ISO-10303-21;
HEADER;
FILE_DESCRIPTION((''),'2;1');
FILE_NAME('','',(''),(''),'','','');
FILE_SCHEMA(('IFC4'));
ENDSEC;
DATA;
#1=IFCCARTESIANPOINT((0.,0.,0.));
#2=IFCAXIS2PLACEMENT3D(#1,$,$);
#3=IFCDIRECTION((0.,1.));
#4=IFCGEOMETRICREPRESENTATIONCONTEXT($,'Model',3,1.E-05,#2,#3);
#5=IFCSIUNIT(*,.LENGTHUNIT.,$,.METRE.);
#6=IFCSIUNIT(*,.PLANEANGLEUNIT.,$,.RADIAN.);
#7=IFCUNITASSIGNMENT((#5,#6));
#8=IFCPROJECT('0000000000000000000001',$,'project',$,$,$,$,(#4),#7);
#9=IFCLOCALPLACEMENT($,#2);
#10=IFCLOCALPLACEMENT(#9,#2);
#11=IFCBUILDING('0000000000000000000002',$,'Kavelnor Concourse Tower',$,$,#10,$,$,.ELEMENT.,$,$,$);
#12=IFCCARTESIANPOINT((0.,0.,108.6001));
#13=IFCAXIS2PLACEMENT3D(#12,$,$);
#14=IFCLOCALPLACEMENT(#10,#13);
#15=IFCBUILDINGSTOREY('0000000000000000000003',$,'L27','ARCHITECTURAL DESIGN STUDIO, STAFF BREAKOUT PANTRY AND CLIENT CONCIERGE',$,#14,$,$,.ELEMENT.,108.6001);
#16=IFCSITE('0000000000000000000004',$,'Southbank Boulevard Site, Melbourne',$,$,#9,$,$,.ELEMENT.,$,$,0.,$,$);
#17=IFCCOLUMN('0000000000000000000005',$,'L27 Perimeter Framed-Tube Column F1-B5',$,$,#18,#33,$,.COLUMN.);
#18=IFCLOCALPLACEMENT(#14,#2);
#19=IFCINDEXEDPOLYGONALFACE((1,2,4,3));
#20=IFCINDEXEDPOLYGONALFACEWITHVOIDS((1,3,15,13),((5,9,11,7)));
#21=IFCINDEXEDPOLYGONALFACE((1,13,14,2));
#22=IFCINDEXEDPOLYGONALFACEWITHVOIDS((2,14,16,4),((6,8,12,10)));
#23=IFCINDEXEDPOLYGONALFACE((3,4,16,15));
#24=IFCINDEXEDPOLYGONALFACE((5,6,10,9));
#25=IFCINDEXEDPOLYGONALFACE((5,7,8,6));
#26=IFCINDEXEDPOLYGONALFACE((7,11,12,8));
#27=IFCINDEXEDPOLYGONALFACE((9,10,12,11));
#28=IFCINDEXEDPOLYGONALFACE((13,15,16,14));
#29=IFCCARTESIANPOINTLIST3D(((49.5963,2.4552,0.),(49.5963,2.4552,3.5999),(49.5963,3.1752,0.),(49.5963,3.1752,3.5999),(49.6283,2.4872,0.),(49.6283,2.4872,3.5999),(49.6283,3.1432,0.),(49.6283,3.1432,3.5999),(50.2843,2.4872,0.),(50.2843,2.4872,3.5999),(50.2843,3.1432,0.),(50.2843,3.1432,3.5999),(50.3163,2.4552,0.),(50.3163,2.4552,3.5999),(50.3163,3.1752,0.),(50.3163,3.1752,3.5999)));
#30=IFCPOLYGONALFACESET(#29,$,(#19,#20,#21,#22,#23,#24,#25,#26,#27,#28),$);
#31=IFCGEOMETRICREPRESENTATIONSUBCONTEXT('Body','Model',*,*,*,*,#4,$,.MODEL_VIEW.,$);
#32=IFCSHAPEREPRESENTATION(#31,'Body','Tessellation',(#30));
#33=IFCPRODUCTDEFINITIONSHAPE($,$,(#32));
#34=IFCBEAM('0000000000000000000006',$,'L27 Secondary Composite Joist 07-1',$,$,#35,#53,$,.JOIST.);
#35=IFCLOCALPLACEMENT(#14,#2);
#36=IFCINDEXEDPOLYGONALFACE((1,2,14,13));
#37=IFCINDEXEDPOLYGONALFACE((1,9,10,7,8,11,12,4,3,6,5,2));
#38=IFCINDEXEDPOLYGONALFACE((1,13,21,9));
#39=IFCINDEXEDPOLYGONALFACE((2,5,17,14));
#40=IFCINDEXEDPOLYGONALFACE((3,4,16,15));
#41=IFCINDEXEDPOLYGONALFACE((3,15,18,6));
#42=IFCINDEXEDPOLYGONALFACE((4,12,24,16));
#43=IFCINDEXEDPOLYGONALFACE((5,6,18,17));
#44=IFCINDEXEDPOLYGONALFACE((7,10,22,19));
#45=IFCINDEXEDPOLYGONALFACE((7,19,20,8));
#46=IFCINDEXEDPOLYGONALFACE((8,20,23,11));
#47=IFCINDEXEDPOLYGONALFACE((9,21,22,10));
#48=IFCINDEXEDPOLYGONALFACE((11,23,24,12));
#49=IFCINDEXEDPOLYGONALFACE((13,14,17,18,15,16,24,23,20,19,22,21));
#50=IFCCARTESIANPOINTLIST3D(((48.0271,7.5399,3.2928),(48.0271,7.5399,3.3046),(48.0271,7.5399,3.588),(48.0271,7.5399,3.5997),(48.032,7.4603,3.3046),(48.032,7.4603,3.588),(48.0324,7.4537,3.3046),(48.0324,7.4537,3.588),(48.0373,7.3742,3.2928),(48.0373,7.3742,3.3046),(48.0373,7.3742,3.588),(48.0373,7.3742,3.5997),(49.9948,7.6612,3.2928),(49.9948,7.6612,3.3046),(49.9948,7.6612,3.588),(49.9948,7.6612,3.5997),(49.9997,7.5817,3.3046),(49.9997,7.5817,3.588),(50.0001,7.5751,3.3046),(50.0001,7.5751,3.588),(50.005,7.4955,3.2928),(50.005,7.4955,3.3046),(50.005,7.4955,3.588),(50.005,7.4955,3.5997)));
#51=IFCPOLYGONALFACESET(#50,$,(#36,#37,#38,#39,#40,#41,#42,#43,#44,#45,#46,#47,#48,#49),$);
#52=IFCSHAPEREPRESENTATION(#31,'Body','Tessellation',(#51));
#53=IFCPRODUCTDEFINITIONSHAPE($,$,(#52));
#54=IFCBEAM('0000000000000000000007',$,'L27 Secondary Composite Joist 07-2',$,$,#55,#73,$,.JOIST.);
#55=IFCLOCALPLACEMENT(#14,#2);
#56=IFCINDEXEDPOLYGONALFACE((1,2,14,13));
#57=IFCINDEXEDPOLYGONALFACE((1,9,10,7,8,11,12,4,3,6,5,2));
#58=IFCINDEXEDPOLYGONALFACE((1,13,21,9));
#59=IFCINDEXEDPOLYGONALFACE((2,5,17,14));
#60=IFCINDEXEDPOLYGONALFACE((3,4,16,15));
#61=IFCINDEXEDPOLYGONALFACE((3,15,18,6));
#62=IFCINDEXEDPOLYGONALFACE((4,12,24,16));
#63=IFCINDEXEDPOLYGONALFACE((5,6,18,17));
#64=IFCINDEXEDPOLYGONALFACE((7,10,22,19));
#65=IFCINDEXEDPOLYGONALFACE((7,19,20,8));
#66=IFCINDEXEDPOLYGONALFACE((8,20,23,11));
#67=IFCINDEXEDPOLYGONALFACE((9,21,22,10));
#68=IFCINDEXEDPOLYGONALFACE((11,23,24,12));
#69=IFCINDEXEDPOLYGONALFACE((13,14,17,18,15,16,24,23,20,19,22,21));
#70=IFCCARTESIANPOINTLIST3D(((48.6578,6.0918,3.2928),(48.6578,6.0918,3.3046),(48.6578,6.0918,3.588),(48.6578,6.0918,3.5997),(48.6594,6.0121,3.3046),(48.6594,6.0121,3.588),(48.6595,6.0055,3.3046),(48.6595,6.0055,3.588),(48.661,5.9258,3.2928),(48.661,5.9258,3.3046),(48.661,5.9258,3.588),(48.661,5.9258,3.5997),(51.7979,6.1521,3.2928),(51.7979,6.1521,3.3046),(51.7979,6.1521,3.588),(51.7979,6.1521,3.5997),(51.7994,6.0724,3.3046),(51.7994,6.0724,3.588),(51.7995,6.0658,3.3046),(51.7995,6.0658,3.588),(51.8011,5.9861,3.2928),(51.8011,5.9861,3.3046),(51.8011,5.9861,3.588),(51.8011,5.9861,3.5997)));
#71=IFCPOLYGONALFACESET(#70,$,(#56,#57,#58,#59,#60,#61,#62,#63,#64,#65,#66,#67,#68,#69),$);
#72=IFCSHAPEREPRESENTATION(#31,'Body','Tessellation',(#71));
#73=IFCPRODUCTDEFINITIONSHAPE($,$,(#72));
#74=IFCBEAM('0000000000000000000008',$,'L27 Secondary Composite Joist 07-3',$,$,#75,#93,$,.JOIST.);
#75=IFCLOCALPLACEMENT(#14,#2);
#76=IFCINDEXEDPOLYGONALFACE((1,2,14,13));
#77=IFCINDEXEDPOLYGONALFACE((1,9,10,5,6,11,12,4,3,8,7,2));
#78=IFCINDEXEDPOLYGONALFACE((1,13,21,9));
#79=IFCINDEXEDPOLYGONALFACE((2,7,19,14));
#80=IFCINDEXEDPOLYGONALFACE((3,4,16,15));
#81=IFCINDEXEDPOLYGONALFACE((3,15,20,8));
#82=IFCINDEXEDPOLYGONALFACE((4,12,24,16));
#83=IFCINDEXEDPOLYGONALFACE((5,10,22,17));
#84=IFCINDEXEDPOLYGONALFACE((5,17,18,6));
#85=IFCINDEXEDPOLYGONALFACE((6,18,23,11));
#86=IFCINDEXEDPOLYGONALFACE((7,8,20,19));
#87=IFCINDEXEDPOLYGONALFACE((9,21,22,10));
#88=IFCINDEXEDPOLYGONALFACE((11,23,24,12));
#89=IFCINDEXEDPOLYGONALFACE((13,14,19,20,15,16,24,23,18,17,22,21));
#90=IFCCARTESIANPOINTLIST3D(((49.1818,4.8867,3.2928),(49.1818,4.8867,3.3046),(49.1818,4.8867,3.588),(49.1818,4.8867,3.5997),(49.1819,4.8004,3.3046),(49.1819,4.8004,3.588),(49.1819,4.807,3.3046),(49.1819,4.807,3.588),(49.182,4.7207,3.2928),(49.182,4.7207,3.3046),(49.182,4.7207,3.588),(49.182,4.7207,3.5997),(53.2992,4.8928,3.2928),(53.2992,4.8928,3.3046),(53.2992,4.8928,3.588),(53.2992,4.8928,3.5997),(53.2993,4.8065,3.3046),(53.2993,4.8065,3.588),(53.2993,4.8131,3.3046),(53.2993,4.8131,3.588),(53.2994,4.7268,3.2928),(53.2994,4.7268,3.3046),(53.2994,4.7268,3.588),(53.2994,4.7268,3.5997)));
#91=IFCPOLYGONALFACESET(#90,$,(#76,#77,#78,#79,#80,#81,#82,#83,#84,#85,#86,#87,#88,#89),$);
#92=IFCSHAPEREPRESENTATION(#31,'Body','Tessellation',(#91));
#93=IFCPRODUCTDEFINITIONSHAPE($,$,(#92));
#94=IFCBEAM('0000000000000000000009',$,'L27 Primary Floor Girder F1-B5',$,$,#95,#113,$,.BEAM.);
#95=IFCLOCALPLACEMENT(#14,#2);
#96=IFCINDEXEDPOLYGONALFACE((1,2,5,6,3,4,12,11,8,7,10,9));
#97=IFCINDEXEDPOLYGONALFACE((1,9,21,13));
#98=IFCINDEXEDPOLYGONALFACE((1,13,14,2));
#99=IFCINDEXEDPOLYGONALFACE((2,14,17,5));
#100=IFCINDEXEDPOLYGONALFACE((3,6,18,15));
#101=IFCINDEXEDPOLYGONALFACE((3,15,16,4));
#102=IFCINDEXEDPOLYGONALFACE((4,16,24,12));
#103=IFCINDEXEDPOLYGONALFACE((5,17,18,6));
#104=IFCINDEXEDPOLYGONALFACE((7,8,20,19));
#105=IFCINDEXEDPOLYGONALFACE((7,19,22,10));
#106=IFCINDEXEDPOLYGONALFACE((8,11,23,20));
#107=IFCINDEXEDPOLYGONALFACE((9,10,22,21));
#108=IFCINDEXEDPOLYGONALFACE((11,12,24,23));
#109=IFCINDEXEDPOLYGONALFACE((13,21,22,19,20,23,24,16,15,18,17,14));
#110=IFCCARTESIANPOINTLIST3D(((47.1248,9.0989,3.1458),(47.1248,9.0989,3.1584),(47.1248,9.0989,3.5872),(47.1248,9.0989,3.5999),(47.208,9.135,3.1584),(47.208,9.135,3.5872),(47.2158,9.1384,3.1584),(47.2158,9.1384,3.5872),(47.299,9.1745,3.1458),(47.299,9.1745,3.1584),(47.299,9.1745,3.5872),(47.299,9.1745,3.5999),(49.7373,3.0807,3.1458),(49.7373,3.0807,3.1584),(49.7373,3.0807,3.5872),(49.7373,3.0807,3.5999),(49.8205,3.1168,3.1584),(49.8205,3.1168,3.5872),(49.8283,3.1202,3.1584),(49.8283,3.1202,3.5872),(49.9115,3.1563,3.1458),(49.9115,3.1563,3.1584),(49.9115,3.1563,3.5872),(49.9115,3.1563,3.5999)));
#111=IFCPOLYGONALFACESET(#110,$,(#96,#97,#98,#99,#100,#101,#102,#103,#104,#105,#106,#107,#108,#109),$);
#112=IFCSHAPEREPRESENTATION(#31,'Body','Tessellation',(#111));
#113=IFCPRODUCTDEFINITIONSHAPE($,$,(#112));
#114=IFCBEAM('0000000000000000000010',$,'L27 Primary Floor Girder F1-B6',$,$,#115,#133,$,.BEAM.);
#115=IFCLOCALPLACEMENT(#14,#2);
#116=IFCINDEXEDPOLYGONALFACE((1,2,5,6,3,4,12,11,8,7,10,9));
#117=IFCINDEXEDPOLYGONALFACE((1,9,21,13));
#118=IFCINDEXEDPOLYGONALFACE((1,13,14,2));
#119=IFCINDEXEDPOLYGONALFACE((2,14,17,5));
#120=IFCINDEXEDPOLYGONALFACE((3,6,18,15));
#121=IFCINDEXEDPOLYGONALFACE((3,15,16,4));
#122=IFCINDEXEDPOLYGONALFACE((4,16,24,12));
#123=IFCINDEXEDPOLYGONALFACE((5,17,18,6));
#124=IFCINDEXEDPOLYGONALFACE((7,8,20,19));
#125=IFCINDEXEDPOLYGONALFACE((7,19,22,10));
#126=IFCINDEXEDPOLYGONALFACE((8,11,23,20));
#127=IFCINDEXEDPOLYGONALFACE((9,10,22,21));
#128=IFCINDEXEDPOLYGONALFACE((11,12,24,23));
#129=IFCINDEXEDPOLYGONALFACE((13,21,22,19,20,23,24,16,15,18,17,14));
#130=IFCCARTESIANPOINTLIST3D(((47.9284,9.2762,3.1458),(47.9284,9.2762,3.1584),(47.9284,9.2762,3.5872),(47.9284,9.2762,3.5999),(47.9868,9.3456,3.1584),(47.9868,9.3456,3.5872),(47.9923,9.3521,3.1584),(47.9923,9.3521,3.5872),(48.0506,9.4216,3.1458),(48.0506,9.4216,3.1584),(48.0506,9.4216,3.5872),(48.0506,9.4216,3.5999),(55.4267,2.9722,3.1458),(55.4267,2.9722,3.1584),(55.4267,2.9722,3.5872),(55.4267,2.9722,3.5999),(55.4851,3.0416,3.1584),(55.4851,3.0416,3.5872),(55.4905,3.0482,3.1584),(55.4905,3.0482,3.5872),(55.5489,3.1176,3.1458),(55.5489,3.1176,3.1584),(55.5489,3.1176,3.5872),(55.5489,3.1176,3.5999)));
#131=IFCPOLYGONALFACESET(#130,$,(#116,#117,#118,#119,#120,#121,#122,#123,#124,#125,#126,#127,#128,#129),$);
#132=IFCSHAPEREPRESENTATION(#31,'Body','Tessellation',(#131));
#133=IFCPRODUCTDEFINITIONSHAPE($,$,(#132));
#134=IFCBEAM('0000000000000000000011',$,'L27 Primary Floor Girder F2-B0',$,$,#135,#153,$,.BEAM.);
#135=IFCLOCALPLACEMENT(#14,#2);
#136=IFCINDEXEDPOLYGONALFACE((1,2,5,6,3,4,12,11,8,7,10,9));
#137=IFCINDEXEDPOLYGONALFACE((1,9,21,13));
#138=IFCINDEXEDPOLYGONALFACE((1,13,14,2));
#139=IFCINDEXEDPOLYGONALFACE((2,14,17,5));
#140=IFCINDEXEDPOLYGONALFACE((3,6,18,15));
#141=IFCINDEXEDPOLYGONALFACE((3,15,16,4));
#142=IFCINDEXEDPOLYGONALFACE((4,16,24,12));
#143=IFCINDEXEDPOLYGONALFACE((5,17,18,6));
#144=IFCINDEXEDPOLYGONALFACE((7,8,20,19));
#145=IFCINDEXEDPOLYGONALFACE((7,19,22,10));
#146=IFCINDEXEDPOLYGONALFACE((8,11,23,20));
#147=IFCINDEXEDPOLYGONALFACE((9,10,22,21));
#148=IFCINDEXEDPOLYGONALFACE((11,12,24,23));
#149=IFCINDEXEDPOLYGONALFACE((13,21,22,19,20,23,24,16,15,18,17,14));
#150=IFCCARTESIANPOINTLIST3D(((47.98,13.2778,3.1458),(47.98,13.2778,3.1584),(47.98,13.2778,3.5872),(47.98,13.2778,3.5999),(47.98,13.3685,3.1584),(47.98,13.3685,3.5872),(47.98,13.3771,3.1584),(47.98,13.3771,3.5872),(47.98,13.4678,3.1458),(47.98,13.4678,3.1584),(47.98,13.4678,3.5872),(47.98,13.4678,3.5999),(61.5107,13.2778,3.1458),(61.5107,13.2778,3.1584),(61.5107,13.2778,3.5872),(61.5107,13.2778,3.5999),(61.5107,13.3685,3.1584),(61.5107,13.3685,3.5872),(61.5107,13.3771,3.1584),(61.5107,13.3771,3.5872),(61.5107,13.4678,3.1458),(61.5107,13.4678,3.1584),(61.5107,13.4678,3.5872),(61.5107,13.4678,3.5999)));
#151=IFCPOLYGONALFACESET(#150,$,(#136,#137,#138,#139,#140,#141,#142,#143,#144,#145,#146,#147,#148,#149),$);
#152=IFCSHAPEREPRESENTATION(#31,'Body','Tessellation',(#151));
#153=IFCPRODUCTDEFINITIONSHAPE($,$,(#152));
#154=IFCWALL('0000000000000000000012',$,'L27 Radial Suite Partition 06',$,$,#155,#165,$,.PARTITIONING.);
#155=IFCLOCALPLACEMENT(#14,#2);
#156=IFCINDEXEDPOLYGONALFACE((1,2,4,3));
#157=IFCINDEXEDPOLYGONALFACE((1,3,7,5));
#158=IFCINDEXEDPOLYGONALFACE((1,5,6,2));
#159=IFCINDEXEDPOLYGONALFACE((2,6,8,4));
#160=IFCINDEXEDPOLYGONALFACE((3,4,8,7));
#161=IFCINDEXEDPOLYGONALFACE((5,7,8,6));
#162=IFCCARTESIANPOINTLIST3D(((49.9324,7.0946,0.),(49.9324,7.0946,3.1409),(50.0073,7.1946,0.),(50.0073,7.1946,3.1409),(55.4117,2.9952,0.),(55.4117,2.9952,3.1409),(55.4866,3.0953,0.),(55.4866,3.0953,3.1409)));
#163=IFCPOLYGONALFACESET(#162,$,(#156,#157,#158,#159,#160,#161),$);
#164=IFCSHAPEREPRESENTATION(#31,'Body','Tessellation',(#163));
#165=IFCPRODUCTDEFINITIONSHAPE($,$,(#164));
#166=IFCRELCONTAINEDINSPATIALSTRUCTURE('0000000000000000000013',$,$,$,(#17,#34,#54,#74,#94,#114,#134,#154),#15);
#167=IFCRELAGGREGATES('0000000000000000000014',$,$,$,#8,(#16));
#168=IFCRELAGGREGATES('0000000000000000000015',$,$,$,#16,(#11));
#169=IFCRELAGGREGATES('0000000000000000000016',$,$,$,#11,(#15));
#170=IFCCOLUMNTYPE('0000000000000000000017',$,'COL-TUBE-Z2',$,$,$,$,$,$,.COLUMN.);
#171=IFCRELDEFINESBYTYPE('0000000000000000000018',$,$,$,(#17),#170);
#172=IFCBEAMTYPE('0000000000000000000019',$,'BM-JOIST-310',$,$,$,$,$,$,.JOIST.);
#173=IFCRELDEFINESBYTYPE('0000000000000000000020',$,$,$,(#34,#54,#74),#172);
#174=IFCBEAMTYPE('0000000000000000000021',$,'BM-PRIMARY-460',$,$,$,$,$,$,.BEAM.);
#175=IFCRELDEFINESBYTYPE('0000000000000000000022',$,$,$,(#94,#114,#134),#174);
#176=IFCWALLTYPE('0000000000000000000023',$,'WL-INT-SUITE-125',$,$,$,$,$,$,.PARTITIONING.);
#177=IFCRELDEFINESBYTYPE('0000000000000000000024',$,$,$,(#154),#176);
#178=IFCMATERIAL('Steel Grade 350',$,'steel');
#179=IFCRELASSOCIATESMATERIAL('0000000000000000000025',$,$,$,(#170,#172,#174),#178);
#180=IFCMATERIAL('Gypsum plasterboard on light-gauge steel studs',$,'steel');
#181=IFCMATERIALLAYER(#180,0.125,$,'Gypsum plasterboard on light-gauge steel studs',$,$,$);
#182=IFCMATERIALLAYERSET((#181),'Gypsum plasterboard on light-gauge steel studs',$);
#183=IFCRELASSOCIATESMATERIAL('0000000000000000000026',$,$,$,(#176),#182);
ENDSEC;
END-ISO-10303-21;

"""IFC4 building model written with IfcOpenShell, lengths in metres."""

from ifc_helpers import new_model, si_unit, direction, frame, frame_2d, origin, origin_2d, place, context, subcontext, project, spatial, rectangle, hollow_rectangle, i_section, extrude, material, layer, layer_set, material_profile, profile_set, type_object, element, save


model = new_model("IFC4")

# Units and contexts
model_context = context("Model", 3, precision=1e-05, world=origin(), true_north=direction((0.0, 1.0)))
body_context = subcontext(model_context, "Body", "Model", "MODEL_VIEW")
ifc_project = project(units=[si_unit("LENGTHUNIT", "METRE"), si_unit("PLANEANGLEUNIT", "RADIAN")], contexts=[model_context])

# Site, building, storey
site_placement = place(None, origin())
site = spatial("IfcSite", under=ifc_project, at=site_placement, Name="Southbank Boulevard Site, Melbourne", CompositionType="ELEMENT", RefElevation=0.0)
building_placement = place(site_placement, origin())
building = spatial("IfcBuilding", under=site, at=building_placement, Name="Kavelnor Concourse Tower", CompositionType="ELEMENT")
storey_placement = place(building_placement, frame((0.0, 0.0, 108.6001)))
storey = spatial("IfcBuildingStorey", under=building, at=storey_placement, Name="L27", Description="ARCHITECTURAL DESIGN STUDIO, STAFF BREAKOUT PANTRY AND CLIENT CONCIERGE", CompositionType="ELEMENT", Elevation=108.6001)

# Column
ifc_material_1 = material(Name="Steel Grade 350", Category="steel")
ifc_material_profile_1 = material_profile(ifc_material_1, hollow_rectangle(XDim=0.72, YDim=0.72, WallThickness=0.032, at=origin_2d()), Name="SHS 720x720x32")
ifc_profile_set_1 = profile_set([ifc_material_profile_1], Name="Steel Grade 350")
column_type = type_object("IfcColumnType", Name="COL-TUBE-Z2", PredefinedType="COLUMN", material=ifc_profile_set_1)
column_placement = place(storey_placement, frame((49.9563, 2.8152, 0.0), z_axis=(0.0, 0.0, 1.0), x_axis=(1.0, 0.0, 0.0)))
element("IfcColumn", 1, at=column_placement, inside=storey, type_object=column_type, Name="L27 Perimeter Framed-Tube Column F1-B5", PredefinedType="COLUMN", context=body_context, shape_type="SweptSolid", body=[
    extrude(hollow_rectangle(XDim=0.72, YDim=0.72, WallThickness=0.032, at=origin_2d()), origin(), (0.0, 0.0, 1.0), 3.5999),
])

# Beams
ifc_material_profile_2 = material_profile(ifc_material_1, i_section(OverallWidth=0.166, OverallDepth=0.3069, WebThickness=0.0066, FlangeThickness=0.0117, at=origin_2d()), Name="310UB46")
ifc_profile_set_2 = profile_set([ifc_material_profile_2], Name="Steel Grade 350")
beam_type_1 = type_object("IfcBeamType", Name="BM-JOIST-310", PredefinedType="JOIST", material=ifc_profile_set_2)
beam_1_placement = place(storey_placement, frame((48.0322, 7.457, 3.4463), z_axis=(0.998104, 0.061546, 0.0), x_axis=(-0.061546, 0.998104, 0.0)))
element("IfcBeam", 2, at=beam_1_placement, inside=storey, type_object=beam_type_1, Name="L27 Secondary Composite Joist 07-1", PredefinedType="JOIST", context=body_context, shape_type="SweptSolid", body=[
    extrude(i_section(OverallWidth=0.166, OverallDepth=0.3069, WebThickness=0.0066, FlangeThickness=0.0117, at=origin_2d()), origin(), (0.0, 0.0, 1.0), 1.9714),
])
beam_2_placement = place(storey_placement, frame((48.6594, 6.0088, 3.4463), z_axis=(0.999816, 0.0192, 0.0), x_axis=(-0.0192, 0.999816, 0.0)))
element("IfcBeam", 3, at=beam_2_placement, inside=storey, type_object=beam_type_1, Name="L27 Secondary Composite Joist 07-2", PredefinedType="JOIST", context=body_context, shape_type="SweptSolid", body=[
    extrude(i_section(OverallWidth=0.166, OverallDepth=0.3069, WebThickness=0.0066, FlangeThickness=0.0117, at=origin_2d()), origin(), (0.0, 0.0, 1.0), 3.1406),
])
beam_3_placement = place(storey_placement, frame((49.1819, 4.8037, 3.4463), z_axis=(0.999999, 0.001482, 0.0), x_axis=(-0.001482, 0.999999, 0.0)))
element("IfcBeam", 4, at=beam_3_placement, inside=storey, type_object=beam_type_1, Name="L27 Secondary Composite Joist 07-3", PredefinedType="JOIST", context=body_context, shape_type="SweptSolid", body=[
    extrude(i_section(OverallWidth=0.166, OverallDepth=0.3069, WebThickness=0.0066, FlangeThickness=0.0117, at=origin_2d()), origin(), (0.0, 0.0, 1.0), 4.1174),
])
ifc_material_profile_3 = material_profile(ifc_material_1, i_section(OverallWidth=0.1899, OverallDepth=0.4541, WebThickness=0.0085, FlangeThickness=0.0127, at=origin_2d()), Name="460UB67")
ifc_profile_set_3 = profile_set([ifc_material_profile_3], Name="Steel Grade 350")
beam_type_2 = type_object("IfcBeamType", Name="BM-PRIMARY-460", PredefinedType="BEAM", material=ifc_profile_set_3)
beam_4_placement = place(storey_placement, frame((47.2119, 9.1367, 3.3728), z_axis=(0.398199, -0.917299, 0.0), x_axis=(0.917299, 0.398199, 0.0)))
element("IfcBeam", 5, at=beam_4_placement, inside=storey, type_object=beam_type_2, Name="L27 Primary Floor Girder F1-B5", PredefinedType="BEAM", context=body_context, shape_type="SweptSolid", body=[
    extrude(i_section(OverallWidth=0.1899, OverallDepth=0.4541, WebThickness=0.0085, FlangeThickness=0.0127, at=origin_2d()), origin(), (0.0, 0.0, 1.0), 6.5608),
])
beam_5_placement = place(storey_placement, frame((47.9895, 9.3489, 3.3728), z_axis=(0.765434, -0.643515, 0.0), x_axis=(0.643515, 0.765434, 0.0)))
element("IfcBeam", 6, at=beam_5_placement, inside=storey, type_object=beam_type_2, Name="L27 Primary Floor Girder F1-B6", PredefinedType="BEAM", context=body_context, shape_type="SweptSolid", body=[
    extrude(i_section(OverallWidth=0.1899, OverallDepth=0.4541, WebThickness=0.0085, FlangeThickness=0.0127, at=origin_2d()), origin(), (0.0, 0.0, 1.0), 9.7961),
])
beam_6_placement = place(storey_placement, frame((47.98, 13.3728, 3.3728), z_axis=(1.0, 0.0, 0.0), x_axis=(0.0, 1.0, 0.0)))
element("IfcBeam", 7, at=beam_6_placement, inside=storey, type_object=beam_type_2, Name="L27 Primary Floor Girder F2-B0", PredefinedType="BEAM", context=body_context, shape_type="SweptSolid", body=[
    extrude(i_section(OverallWidth=0.1899, OverallDepth=0.4541, WebThickness=0.0085, FlangeThickness=0.0127, at=origin_2d()), origin(), (0.0, 0.0, 1.0), 13.5308),
])

# Wall
ifc_material_2 = material(Name="Gypsum plasterboard on light-gauge steel studs", Category="steel")
ifc_layer_1 = layer(ifc_material_2, 0.125, Name="Gypsum plasterboard on light-gauge steel studs")
ifc_layer_set_1 = layer_set([ifc_layer_1], Name="Gypsum plasterboard on light-gauge steel studs")
wall_type_1 = type_object("IfcWallType", Name="WL-INT-SUITE-125", PredefinedType="PARTITIONING", material=ifc_layer_set_1)
wall_1_placement = place(storey_placement, frame((49.97, 7.1445, 0.0), z_axis=(0.0, 0.0, 1.0), x_axis=(0.800706, -0.599058, 0.0)))
element("IfcWall", 8, at=wall_1_placement, inside=storey, type_object=wall_type_1, Name="L27 Radial Suite Partition 06", PredefinedType="PARTITIONING", context=body_context, shape_type="SweptSolid", body=[
    extrude(rectangle(XDim=6.843, YDim=0.125, at=frame_2d((3.4214, 0.0))), origin(), (0.0, 0.0, 1.0), 3.1409),
])

save(model, "model.ifc")
